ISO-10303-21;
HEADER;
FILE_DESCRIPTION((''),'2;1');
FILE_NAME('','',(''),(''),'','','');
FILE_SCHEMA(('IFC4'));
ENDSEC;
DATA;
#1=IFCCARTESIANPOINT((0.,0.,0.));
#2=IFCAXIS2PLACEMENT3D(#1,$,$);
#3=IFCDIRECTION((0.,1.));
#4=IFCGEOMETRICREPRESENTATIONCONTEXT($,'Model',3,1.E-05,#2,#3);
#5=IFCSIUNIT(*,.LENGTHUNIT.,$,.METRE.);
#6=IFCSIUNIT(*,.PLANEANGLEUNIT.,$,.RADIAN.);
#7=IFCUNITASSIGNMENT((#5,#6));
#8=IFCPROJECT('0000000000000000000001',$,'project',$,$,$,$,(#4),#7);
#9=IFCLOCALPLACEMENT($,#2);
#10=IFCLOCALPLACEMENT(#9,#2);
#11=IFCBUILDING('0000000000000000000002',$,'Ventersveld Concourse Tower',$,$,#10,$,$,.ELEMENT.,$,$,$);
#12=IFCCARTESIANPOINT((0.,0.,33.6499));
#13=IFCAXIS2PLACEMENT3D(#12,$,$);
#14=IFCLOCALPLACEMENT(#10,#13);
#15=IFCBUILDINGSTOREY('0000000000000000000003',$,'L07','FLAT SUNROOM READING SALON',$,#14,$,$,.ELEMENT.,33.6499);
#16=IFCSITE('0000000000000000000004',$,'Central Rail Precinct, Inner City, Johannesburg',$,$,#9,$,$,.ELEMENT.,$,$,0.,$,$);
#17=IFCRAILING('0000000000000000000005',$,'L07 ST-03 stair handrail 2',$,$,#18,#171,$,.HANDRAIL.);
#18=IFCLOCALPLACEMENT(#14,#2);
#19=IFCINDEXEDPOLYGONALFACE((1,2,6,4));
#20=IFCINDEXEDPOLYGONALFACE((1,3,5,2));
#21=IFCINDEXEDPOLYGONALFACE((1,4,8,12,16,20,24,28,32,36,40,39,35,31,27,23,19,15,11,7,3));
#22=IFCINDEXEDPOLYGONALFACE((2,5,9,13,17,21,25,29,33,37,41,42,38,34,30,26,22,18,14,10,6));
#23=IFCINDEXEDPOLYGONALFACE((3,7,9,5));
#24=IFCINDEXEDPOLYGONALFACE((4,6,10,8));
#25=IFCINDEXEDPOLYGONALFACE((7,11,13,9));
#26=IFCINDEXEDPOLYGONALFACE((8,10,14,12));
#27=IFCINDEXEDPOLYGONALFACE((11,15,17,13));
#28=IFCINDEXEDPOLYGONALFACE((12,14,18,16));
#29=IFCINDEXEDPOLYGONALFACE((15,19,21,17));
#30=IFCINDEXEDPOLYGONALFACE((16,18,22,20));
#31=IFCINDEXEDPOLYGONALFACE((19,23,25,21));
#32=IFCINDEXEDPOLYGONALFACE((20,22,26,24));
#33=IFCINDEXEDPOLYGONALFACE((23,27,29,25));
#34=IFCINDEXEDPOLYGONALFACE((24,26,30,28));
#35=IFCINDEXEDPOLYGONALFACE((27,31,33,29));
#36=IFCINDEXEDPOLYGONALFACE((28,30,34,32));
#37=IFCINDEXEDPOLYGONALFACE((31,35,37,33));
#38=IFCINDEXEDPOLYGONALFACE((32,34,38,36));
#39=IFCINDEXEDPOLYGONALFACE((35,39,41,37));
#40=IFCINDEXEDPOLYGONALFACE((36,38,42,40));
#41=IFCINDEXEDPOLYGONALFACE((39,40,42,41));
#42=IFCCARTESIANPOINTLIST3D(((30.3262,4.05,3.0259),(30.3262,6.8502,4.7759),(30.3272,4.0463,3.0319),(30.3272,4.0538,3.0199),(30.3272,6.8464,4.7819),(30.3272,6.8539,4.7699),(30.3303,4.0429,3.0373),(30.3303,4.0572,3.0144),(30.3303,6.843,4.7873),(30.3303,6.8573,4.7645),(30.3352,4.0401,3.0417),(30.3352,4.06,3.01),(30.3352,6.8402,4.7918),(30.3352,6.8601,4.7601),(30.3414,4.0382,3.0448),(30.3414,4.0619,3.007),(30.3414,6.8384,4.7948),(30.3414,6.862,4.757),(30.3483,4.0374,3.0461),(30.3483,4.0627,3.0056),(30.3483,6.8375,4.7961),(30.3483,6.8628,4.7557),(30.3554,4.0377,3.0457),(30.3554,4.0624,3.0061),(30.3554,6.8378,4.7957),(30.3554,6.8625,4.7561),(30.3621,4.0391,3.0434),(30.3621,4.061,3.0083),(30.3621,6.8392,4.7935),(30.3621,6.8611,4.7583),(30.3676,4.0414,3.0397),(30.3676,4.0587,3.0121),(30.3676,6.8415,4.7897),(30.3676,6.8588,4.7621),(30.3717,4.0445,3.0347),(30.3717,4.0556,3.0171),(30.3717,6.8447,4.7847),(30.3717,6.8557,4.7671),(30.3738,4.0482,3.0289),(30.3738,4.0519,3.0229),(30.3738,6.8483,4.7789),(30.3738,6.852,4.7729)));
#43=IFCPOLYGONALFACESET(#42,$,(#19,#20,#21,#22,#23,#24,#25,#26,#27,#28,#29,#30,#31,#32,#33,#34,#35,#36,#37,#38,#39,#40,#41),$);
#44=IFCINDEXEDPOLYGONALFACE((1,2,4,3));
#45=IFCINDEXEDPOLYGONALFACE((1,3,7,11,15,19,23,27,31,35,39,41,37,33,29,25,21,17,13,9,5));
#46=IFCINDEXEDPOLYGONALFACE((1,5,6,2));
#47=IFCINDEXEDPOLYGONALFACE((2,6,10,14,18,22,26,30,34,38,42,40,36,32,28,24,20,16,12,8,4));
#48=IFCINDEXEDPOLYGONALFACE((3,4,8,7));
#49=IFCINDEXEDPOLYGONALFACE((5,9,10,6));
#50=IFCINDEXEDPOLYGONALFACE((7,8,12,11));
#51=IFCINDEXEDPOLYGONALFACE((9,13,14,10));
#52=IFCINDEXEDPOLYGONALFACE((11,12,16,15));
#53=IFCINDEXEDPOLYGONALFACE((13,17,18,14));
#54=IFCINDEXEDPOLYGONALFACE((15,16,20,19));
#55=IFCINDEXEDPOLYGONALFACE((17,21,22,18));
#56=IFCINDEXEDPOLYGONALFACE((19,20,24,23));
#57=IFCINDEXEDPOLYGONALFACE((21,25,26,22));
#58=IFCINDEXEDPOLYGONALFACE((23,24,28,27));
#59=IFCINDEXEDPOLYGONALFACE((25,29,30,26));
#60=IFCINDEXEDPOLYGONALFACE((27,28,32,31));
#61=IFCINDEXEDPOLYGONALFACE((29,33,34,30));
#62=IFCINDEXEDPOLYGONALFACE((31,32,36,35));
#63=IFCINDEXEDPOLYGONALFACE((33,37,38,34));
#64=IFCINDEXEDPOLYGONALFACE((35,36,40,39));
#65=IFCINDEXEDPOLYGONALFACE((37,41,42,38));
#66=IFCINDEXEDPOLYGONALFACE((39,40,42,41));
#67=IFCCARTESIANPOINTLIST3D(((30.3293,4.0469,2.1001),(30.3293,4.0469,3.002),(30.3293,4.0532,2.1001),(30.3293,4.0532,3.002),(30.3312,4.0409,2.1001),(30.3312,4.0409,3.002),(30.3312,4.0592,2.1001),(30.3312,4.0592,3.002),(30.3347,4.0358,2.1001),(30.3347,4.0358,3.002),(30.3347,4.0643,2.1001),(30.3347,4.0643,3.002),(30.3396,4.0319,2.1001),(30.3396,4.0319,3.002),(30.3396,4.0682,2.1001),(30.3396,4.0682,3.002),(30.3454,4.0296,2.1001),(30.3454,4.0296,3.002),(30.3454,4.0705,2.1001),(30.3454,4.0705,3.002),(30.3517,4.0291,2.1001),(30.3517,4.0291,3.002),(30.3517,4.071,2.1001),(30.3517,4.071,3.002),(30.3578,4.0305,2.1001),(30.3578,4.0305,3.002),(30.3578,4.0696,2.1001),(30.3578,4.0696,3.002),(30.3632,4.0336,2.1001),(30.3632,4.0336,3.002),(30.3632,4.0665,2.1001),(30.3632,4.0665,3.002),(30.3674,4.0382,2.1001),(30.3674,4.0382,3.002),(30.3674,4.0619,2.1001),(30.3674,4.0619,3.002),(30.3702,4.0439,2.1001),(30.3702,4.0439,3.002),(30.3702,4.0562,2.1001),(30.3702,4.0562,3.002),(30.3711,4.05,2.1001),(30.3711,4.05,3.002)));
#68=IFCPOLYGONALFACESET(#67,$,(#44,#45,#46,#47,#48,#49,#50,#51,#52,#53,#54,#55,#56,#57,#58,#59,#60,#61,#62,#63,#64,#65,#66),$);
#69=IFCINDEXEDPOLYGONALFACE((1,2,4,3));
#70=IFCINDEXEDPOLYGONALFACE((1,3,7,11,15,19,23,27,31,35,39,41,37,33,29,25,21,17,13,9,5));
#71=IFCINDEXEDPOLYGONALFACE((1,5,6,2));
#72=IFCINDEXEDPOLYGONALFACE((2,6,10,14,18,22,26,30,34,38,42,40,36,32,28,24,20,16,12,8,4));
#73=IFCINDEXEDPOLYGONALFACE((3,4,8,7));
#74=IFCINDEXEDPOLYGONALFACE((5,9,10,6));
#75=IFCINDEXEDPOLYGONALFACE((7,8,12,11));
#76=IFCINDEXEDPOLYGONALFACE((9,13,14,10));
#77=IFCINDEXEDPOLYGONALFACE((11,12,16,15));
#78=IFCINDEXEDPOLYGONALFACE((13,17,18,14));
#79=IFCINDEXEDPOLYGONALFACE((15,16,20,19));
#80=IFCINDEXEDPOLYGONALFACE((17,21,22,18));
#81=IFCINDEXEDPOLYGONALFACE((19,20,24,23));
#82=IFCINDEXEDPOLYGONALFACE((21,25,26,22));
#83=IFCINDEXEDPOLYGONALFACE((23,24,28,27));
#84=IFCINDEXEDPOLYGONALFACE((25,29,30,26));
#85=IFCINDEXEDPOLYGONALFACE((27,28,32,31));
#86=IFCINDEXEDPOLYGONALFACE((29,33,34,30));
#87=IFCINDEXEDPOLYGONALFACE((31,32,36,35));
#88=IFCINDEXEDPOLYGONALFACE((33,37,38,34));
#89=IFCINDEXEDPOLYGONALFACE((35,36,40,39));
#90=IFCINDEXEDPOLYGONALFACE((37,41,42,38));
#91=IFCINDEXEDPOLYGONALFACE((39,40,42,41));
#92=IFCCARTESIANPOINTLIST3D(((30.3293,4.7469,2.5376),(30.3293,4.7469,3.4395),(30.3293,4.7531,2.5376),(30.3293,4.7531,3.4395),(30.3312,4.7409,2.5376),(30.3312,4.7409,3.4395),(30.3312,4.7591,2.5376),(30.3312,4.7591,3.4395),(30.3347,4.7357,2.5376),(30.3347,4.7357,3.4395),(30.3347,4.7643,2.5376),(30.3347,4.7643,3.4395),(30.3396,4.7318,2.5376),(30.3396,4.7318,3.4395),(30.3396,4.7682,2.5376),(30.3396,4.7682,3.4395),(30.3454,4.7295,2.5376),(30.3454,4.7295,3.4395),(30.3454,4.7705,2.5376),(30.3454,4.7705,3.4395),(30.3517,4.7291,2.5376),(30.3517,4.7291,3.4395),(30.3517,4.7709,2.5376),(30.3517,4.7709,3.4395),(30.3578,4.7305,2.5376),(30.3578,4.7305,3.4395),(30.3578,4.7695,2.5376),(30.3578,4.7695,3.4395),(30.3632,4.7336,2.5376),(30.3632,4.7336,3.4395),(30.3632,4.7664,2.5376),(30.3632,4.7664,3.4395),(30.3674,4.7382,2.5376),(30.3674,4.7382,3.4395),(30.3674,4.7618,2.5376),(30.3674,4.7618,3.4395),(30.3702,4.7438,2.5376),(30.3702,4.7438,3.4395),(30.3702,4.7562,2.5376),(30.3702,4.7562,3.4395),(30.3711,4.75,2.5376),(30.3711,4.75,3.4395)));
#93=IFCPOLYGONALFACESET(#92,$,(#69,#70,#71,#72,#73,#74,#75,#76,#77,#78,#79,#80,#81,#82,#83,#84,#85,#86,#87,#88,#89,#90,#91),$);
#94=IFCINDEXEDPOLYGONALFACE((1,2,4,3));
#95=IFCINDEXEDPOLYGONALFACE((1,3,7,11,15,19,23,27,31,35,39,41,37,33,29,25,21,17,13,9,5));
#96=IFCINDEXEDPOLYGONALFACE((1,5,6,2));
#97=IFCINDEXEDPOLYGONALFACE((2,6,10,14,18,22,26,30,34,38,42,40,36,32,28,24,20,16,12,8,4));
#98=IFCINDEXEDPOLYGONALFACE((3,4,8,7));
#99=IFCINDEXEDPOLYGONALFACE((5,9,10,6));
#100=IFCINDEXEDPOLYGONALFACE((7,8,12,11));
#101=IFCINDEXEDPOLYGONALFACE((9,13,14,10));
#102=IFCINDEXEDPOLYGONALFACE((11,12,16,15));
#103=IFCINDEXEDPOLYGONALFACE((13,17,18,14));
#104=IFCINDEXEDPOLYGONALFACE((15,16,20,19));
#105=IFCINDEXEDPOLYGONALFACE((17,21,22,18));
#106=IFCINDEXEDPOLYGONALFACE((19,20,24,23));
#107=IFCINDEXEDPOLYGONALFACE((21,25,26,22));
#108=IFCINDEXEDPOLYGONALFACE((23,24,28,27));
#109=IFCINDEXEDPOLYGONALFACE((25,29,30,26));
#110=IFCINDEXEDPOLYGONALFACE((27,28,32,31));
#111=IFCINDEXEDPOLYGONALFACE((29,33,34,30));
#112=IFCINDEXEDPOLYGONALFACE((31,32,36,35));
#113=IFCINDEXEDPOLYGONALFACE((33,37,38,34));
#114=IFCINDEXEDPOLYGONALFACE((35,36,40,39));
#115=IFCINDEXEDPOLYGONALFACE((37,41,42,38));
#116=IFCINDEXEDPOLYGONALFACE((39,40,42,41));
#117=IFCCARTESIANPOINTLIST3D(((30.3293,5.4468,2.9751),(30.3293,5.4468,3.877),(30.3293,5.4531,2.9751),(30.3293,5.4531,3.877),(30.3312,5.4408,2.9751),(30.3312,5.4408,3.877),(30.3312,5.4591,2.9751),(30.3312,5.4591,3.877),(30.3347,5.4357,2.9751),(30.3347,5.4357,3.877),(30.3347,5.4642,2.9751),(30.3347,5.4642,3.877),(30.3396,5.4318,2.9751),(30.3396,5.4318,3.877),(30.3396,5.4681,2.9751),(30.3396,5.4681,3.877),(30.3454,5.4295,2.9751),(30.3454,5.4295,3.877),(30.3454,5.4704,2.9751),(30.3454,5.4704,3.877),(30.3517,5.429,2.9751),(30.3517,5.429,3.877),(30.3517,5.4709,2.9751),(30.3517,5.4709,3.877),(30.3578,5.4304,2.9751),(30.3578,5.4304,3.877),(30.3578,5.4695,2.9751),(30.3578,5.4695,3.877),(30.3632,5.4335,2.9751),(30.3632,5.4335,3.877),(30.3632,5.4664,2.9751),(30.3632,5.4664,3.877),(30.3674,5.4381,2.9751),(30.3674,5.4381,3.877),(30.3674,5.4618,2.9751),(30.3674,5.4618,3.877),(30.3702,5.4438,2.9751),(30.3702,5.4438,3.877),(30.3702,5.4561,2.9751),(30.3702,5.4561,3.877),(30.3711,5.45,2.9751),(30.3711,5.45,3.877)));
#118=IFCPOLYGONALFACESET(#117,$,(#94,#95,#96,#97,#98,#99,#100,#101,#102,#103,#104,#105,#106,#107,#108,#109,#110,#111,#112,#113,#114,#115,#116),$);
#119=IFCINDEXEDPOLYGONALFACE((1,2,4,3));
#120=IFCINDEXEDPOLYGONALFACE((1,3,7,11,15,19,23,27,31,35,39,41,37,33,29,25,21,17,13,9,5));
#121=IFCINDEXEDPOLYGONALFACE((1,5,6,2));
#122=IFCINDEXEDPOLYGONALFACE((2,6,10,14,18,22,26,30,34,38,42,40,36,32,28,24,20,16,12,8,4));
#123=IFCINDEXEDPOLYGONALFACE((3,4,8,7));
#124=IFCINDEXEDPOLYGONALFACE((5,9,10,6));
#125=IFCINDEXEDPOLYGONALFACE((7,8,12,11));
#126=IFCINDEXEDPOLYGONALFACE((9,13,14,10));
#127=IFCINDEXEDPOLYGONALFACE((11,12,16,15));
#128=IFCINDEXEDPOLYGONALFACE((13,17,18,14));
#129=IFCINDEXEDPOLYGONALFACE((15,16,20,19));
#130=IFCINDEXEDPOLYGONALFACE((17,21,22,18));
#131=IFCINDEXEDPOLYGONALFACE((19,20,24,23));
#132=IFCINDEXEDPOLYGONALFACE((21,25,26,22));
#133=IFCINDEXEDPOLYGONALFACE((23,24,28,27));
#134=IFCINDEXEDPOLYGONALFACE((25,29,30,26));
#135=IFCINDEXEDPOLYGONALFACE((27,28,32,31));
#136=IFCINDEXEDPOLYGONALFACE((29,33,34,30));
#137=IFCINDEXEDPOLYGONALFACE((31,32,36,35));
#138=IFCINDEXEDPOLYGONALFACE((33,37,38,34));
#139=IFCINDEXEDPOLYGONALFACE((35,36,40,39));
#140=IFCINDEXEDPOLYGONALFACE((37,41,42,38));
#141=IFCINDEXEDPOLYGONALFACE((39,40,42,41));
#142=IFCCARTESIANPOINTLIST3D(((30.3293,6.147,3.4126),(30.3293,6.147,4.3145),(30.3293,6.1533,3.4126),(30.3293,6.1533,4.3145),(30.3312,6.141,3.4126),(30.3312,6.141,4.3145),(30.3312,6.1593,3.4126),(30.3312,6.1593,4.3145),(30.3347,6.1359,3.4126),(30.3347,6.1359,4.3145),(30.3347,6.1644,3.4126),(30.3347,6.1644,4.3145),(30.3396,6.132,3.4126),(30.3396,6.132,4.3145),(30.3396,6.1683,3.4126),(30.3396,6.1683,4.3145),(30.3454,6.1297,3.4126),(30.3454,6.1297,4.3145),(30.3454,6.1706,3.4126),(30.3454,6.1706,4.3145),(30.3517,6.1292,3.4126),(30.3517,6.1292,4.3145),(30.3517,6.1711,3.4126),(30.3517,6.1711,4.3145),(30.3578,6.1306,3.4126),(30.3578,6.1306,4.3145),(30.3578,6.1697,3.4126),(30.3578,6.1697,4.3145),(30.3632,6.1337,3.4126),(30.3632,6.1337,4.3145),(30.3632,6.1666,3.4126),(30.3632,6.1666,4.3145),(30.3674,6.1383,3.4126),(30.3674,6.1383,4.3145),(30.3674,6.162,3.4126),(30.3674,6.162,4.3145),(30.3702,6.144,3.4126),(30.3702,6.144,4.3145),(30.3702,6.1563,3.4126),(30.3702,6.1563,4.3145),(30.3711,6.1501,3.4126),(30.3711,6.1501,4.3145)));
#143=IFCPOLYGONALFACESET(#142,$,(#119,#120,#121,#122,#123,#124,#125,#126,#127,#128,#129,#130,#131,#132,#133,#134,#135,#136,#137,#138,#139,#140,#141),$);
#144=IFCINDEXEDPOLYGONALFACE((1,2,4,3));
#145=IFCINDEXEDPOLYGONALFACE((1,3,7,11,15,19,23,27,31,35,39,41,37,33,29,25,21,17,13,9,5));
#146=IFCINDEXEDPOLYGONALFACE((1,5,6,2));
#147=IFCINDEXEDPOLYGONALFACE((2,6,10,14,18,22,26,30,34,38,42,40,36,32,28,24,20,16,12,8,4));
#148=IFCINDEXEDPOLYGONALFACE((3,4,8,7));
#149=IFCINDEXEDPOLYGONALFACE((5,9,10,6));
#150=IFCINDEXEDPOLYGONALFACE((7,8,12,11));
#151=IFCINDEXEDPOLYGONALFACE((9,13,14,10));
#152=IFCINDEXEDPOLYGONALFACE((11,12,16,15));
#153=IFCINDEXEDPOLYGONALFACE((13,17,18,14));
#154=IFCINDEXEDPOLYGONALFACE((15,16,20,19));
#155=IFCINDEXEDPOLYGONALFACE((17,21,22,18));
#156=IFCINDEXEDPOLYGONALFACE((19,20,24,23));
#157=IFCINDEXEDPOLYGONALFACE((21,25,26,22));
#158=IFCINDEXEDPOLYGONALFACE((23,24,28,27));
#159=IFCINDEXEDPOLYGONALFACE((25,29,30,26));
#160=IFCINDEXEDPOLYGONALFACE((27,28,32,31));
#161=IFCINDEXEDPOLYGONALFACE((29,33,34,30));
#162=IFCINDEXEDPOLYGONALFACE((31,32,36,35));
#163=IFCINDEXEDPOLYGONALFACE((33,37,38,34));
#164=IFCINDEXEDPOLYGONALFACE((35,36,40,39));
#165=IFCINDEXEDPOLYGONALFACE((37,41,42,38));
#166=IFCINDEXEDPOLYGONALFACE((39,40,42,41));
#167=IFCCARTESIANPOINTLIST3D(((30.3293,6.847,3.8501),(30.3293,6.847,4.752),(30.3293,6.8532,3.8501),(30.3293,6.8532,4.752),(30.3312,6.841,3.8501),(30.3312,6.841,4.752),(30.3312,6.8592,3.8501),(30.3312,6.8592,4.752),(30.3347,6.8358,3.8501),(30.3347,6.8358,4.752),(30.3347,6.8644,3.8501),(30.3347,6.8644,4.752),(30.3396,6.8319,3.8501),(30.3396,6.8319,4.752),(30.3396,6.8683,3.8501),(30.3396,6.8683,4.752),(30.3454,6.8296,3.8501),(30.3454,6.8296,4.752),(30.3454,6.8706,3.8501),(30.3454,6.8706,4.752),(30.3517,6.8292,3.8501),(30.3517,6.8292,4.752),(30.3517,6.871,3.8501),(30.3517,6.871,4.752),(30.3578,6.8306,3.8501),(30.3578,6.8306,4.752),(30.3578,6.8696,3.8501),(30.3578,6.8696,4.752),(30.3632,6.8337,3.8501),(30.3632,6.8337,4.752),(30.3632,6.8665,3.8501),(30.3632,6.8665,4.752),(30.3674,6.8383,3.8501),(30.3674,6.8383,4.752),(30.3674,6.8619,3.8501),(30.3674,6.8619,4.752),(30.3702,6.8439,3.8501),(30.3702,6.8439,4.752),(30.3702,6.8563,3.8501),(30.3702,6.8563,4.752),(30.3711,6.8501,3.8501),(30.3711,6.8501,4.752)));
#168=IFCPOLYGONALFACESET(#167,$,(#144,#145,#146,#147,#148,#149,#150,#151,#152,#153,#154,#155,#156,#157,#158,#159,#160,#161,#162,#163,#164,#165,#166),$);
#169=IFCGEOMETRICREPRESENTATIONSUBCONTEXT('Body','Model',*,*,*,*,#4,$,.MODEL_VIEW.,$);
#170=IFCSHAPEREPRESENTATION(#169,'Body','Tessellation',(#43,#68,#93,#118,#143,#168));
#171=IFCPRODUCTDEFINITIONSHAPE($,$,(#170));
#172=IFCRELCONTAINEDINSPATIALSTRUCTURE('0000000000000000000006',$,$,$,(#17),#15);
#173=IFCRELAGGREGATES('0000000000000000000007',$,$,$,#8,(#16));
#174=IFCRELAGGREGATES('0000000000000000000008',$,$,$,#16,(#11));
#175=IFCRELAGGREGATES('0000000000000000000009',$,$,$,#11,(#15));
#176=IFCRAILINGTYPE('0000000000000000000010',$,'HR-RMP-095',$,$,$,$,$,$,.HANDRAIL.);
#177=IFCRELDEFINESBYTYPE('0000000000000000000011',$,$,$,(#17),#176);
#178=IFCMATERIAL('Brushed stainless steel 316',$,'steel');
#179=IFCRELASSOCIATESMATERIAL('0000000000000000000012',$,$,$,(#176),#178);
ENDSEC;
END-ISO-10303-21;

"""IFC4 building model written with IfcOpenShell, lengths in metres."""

from ifc_helpers import new_model, si_unit, direction, frame, origin, origin_2d, place, context, subcontext, project, spatial, circle, extrude, material, type_object, element, save


model = new_model("IFC4")

# Units and contexts
model_context = context("Model", 3, precision=1e-05, world=origin(), true_north=direction((0.0, 1.0)))
body_context = subcontext(model_context, "Body", "Model", "MODEL_VIEW")
ifc_project = project(units=[si_unit("LENGTHUNIT", "METRE"), si_unit("PLANEANGLEUNIT", "RADIAN")], contexts=[model_context])

# Site, building, storey
site_placement = place(None, origin())
site = spatial("IfcSite", under=ifc_project, at=site_placement, Name="Central Rail Precinct, Inner City, Johannesburg", CompositionType="ELEMENT", RefElevation=0.0)
building_placement = place(site_placement, origin())
building = spatial("IfcBuilding", under=site, at=building_placement, Name="Ventersveld Concourse Tower", CompositionType="ELEMENT")
storey_placement = place(building_placement, frame((0.0, 0.0, 33.6499)))
storey = spatial("IfcBuildingStorey", under=building, at=storey_placement, Name="L07", Description="FLAT SUNROOM READING SALON", CompositionType="ELEMENT", Elevation=33.6499)

# Railing
ifc_material_1 = material(Name="Brushed stainless steel 316", Category="steel")
railing_type_1 = type_object("IfcRailingType", Name="HR-RMP-095", PredefinedType="HANDRAIL", material=ifc_material_1)
railing_1_placement = place(storey_placement, frame((30.3501, 4.05, 2.1001)))
element("IfcRailing", 1, at=railing_1_placement, inside=storey, type_object=railing_type_1, Name="L07 ST-03 stair handrail 2", PredefinedType="HANDRAIL", context=body_context, shape_type="SweptSolid", body=[
    extrude(circle(Radius=0.0239, at=origin_2d()), frame((0.0, 0.0, 0.9258), z_axis=(0.0, 0.848002, 0.529992), x_axis=(-1.0, 0.0, 0.0)), (0.0, 0.0, 1.0), 3.302),
    extrude(circle(Radius=0.021, at=origin_2d()), origin(), (0.0, 0.0, 1.0), 0.9019),
    extrude(circle(Radius=0.021, at=origin_2d()), frame((0.0, 0.7, 0.4375)), (0.0, 0.0, 1.0), 0.9019),
    extrude(circle(Radius=0.021, at=origin_2d()), frame((0.0, 1.3999, 0.875)), (0.0, 0.0, 1.0), 0.9019),
    extrude(circle(Radius=0.021, at=origin_2d()), frame((0.0, 2.1001, 1.3125)), (0.0, 0.0, 1.0), 0.9019),
    extrude(circle(Radius=0.021, at=origin_2d()), frame((0.0, 2.8, 1.75)), (0.0, 0.0, 1.0), 0.9019),
])

save(model, "model.ifc")
